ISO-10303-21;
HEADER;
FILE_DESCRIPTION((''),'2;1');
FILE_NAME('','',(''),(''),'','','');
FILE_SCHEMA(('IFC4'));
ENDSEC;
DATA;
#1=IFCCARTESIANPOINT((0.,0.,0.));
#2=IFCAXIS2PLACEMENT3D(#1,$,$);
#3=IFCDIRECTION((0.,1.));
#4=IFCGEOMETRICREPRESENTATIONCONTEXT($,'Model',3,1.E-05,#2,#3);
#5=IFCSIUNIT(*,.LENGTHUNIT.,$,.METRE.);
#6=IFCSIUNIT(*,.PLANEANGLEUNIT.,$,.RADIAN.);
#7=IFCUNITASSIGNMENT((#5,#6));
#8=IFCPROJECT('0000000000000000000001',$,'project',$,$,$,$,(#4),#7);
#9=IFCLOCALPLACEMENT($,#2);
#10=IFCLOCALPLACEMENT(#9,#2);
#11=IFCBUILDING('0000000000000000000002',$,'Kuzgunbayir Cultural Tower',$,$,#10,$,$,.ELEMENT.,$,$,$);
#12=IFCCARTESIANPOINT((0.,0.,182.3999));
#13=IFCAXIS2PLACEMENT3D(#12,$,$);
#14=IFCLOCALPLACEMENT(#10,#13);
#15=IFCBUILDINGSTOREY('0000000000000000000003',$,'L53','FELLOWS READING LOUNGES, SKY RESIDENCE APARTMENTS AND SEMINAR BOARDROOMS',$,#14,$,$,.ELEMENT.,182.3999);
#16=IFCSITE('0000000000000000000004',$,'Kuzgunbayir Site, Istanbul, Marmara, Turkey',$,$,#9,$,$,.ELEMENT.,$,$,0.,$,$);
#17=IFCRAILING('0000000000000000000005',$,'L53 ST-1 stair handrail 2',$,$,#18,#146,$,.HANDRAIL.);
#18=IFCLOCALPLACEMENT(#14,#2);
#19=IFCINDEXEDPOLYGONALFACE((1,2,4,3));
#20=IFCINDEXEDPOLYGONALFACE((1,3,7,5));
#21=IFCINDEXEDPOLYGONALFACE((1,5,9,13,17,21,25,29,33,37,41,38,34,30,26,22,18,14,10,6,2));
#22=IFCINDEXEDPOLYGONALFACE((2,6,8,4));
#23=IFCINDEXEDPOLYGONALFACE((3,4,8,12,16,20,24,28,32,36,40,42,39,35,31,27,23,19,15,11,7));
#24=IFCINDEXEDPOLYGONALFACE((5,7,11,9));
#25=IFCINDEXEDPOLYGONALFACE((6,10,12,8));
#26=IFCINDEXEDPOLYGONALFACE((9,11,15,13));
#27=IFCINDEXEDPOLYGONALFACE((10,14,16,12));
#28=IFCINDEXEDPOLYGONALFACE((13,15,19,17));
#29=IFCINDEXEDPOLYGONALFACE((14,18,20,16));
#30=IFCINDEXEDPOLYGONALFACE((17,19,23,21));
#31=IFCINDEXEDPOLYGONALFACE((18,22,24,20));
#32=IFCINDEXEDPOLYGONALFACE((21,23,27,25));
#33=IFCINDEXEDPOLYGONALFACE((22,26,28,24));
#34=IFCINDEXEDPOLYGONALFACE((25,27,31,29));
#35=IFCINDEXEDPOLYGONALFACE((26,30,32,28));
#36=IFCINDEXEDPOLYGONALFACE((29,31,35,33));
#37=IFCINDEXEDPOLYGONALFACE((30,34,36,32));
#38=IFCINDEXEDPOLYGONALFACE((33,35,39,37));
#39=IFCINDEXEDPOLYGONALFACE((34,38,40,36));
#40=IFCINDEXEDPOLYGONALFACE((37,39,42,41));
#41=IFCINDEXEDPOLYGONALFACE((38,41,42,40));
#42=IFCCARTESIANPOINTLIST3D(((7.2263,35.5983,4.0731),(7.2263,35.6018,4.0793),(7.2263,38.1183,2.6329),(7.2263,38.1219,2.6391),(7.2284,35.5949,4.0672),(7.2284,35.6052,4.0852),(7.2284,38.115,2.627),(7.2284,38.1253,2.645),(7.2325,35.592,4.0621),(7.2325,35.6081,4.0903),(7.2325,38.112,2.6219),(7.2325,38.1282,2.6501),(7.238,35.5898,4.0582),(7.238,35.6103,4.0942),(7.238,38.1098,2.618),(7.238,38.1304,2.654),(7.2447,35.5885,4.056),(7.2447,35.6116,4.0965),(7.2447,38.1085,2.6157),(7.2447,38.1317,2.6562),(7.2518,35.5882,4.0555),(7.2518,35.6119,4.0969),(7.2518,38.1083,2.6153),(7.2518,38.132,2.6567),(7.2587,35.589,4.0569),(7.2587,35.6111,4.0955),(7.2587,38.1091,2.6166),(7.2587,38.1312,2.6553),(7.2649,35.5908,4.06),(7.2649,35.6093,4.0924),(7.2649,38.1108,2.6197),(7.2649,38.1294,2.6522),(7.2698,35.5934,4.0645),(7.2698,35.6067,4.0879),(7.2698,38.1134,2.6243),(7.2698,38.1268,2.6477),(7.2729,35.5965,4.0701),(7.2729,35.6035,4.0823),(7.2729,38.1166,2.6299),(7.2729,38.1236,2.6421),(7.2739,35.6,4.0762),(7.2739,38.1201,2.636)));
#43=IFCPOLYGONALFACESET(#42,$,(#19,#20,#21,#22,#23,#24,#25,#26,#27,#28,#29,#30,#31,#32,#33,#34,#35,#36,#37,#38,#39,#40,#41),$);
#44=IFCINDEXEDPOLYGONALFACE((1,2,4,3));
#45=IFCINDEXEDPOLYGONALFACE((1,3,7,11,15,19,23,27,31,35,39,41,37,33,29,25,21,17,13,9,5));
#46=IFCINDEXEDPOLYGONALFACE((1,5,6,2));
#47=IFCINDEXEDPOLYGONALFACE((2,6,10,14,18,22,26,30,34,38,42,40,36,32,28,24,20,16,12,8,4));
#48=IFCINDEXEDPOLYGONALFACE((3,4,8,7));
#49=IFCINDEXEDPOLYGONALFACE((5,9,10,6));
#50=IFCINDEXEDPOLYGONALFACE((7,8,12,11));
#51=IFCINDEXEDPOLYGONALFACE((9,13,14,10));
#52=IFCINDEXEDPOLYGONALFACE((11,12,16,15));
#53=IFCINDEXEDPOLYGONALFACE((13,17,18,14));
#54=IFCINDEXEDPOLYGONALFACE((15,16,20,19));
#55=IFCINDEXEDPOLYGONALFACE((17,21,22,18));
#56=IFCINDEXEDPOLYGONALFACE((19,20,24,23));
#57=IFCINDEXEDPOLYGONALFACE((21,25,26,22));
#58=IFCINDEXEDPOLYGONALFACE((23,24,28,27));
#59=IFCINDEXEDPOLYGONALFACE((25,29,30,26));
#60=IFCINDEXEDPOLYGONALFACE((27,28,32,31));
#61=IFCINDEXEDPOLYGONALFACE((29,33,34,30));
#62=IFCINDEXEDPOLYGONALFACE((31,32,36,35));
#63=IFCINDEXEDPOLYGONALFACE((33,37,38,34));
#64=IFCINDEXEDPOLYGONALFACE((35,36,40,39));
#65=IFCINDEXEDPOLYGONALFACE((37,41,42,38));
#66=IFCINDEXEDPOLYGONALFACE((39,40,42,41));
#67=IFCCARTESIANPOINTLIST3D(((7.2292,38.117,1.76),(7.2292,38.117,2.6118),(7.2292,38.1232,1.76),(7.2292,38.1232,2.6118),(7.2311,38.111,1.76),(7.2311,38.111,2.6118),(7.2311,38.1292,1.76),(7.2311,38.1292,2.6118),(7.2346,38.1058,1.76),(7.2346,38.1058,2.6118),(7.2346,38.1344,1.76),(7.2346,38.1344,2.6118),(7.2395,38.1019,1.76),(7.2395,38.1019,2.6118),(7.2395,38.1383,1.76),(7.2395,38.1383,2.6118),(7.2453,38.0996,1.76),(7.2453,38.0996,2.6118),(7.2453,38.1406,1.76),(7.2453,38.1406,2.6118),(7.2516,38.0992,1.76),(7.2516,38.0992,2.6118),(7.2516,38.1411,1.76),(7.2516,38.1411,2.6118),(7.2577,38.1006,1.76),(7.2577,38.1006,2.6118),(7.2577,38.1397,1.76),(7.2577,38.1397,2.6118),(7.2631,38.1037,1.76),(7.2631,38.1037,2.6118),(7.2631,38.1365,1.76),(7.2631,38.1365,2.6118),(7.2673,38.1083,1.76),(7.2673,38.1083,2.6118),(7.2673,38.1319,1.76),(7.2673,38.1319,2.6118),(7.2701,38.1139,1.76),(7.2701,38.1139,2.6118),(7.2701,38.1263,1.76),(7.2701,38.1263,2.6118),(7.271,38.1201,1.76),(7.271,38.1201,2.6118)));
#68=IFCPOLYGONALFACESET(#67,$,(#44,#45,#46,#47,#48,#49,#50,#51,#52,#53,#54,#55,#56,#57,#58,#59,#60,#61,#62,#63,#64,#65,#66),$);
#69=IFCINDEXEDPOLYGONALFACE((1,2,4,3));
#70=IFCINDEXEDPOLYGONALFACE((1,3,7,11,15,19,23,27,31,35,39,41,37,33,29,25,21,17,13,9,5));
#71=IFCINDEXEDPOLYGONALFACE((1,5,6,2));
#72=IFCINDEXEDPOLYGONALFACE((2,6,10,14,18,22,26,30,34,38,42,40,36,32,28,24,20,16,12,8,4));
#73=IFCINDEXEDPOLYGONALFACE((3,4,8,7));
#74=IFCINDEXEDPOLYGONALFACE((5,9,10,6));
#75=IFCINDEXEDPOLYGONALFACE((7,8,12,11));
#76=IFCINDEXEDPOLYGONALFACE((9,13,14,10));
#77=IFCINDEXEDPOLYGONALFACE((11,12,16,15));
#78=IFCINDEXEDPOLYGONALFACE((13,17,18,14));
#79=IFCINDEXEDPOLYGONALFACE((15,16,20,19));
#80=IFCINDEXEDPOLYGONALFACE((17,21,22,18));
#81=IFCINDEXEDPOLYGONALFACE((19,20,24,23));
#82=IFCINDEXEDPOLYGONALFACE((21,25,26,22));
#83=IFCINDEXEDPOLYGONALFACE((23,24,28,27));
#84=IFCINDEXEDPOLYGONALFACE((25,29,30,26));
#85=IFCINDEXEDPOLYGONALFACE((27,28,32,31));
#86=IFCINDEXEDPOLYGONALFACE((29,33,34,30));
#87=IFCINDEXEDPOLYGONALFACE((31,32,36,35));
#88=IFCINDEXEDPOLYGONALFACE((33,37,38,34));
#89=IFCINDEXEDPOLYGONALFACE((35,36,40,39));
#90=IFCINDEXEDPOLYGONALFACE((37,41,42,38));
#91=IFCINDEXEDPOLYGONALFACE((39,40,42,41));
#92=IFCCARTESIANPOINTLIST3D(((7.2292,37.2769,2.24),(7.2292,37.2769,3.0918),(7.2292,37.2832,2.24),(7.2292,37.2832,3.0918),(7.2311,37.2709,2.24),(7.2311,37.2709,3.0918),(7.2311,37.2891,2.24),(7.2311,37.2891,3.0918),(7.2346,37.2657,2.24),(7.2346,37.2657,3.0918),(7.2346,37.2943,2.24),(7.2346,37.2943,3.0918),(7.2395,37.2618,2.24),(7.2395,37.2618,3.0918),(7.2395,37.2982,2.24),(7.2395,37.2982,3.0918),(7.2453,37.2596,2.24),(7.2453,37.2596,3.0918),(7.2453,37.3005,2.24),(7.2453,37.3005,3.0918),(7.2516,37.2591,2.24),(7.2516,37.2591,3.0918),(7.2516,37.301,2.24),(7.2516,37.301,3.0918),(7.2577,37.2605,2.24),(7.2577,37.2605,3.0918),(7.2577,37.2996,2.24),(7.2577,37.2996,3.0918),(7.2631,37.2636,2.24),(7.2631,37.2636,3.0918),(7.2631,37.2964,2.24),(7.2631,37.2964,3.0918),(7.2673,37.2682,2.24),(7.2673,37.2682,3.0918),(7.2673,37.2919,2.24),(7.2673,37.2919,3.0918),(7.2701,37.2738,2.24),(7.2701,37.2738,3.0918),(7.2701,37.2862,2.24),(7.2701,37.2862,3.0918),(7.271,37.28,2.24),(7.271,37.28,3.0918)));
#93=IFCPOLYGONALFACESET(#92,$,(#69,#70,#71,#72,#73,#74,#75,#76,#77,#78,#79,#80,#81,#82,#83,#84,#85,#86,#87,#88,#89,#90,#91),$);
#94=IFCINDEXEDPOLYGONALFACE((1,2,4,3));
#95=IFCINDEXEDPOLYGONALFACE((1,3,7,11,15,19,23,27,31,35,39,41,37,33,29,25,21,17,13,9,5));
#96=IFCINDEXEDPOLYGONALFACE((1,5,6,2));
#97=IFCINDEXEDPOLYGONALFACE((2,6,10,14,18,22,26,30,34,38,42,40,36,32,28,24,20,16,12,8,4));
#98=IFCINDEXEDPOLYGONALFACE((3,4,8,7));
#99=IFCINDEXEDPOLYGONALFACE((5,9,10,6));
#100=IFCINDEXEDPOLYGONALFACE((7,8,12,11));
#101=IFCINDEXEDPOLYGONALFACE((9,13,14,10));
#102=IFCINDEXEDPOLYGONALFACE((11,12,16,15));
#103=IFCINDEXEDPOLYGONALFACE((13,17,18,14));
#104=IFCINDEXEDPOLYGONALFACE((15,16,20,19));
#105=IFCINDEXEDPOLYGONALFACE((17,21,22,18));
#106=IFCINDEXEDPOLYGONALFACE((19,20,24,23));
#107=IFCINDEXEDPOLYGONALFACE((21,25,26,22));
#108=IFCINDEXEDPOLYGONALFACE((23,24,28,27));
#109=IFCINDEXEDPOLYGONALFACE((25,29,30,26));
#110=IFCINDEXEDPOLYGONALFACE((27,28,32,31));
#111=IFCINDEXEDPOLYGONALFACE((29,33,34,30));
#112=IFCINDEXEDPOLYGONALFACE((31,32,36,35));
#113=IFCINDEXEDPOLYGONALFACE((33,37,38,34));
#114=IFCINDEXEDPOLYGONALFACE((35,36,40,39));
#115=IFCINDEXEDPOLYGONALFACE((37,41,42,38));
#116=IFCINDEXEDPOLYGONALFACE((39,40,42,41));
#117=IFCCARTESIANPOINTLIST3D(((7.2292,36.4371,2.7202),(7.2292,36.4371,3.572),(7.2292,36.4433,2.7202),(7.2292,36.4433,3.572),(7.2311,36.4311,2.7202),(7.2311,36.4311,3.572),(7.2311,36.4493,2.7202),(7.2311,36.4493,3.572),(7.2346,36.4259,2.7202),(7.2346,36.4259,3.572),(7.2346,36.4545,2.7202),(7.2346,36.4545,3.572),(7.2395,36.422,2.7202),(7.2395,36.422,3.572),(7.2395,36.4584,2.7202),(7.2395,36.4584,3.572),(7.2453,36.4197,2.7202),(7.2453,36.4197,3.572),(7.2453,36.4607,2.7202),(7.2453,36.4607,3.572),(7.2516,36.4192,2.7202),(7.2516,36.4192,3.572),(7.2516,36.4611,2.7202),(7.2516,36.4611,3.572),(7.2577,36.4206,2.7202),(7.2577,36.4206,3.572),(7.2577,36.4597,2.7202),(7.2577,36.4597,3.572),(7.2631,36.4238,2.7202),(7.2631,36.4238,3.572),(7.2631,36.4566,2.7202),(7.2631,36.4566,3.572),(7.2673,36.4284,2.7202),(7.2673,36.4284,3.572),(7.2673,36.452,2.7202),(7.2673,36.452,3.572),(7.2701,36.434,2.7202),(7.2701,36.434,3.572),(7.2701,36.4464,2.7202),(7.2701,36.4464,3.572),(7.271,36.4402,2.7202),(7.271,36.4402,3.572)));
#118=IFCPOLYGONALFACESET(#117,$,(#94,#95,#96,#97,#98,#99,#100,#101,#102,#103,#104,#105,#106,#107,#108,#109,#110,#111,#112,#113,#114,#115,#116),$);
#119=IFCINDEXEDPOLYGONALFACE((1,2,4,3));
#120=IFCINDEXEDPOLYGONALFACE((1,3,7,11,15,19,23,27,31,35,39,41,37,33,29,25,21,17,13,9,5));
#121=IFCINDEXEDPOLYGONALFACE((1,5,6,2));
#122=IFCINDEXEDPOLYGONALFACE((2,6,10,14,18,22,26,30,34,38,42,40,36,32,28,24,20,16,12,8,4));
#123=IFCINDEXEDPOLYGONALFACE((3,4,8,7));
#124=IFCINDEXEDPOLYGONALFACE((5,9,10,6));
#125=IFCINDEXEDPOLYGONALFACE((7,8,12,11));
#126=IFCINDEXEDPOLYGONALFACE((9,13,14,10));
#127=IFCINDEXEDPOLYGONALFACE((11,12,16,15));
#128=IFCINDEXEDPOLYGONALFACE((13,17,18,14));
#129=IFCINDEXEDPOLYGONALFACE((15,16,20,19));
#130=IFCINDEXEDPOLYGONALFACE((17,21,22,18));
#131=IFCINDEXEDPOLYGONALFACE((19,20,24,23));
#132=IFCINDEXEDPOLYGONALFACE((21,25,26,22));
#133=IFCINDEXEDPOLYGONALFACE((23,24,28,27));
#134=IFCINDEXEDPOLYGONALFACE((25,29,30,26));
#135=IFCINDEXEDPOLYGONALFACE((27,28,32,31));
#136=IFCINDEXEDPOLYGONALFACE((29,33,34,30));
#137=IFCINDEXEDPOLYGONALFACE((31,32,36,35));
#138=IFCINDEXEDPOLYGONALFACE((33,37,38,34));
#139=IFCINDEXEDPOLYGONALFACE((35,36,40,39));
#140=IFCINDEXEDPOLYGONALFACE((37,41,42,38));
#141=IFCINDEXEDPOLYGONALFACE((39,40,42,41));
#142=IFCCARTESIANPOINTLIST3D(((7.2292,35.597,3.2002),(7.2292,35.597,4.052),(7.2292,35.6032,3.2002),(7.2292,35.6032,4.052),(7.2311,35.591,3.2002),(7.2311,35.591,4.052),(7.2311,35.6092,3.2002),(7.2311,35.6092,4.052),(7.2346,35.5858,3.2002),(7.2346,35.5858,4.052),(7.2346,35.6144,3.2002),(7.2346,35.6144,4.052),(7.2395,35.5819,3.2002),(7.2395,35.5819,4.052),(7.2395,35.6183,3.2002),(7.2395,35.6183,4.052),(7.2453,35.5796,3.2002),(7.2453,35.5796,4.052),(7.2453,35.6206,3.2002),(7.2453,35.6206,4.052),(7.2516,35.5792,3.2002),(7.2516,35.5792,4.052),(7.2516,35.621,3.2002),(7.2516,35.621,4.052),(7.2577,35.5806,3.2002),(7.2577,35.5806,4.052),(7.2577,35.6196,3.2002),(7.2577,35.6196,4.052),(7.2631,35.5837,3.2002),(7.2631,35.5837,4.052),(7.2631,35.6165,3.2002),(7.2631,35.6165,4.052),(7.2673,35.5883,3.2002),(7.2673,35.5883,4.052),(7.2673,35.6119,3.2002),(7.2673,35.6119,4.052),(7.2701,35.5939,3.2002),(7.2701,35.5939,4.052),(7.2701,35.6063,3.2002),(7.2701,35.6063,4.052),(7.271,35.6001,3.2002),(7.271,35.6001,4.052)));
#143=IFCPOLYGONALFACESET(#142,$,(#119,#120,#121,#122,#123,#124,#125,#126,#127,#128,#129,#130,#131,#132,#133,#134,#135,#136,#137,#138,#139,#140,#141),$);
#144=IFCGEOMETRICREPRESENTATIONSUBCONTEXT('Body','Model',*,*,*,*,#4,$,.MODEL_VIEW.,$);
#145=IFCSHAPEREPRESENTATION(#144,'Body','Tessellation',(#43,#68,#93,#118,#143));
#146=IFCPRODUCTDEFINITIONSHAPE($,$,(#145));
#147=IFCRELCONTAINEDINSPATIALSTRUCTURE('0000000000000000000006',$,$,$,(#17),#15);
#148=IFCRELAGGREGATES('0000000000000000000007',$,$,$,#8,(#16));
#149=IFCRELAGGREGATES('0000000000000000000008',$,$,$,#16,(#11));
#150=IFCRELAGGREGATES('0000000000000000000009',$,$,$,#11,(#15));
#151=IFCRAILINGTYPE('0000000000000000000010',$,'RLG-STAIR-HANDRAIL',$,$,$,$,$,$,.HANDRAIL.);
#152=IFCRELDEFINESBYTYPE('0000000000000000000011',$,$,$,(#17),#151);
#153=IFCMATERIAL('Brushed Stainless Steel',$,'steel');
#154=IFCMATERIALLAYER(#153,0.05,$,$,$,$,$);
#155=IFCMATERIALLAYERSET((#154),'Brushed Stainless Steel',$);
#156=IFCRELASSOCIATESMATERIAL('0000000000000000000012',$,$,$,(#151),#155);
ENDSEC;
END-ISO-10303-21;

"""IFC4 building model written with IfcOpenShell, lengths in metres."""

from ifc_helpers import new_model, si_unit, direction, frame, origin, origin_2d, place, context, subcontext, project, spatial, circle, extrude, material, layer, layer_set, type_object, element, save


model = new_model("IFC4")

# Units and contexts
model_context = context("Model", 3, precision=1e-05, world=origin(), true_north=direction((0.0, 1.0)))
body_context = subcontext(model_context, "Body", "Model", "MODEL_VIEW")
ifc_project = project(units=[si_unit("LENGTHUNIT", "METRE"), si_unit("PLANEANGLEUNIT", "RADIAN")], contexts=[model_context])

# Site, building, storey
site_placement = place(None, origin())
site = spatial("IfcSite", under=ifc_project, at=site_placement, Name="Kuzgunbayir Site, Istanbul, Marmara, Turkey", CompositionType="ELEMENT", RefElevation=0.0)
building_placement = place(site_placement, origin())
building = spatial("IfcBuilding", under=site, at=building_placement, Name="Kuzgunbayir Cultural Tower", CompositionType="ELEMENT")
storey_placement = place(building_placement, frame((0.0, 0.0, 182.3999)))
storey = spatial("IfcBuildingStorey", under=building, at=storey_placement, Name="L53", Description="FELLOWS READING LOUNGES, SKY RESIDENCE APARTMENTS AND SEMINAR BOARDROOMS", CompositionType="ELEMENT", Elevation=182.3999)

# Railing
ifc_material_1 = material(Name="Brushed Stainless Steel", Category="steel")
ifc_layer_1 = layer(ifc_material_1, 0.05)
ifc_layer_set_1 = layer_set([ifc_layer_1], Name="Brushed Stainless Steel")
railing_type_1 = type_object("IfcRailingType", Name="RLG-STAIR-HANDRAIL", PredefinedType="HANDRAIL", material=ifc_layer_set_1)
railing_1_placement = place(storey_placement, frame((7.25, 38.1201, 1.76)))
element("IfcRailing", 1, at=railing_1_placement, inside=storey, type_object=railing_type_1, Name="L53 ST-1 stair handrail 2", PredefinedType="HANDRAIL", context=body_context, shape_type="SweptSolid", body=[
    extrude(circle(Radius=0.0239, at=origin_2d()), frame((0.0, 0.0, 0.876), z_axis=(0.0, -0.868217, 0.496184), x_axis=(1.0, 0.0, 0.0)), (0.0, 0.0, 1.0), 2.9026),
    extrude(circle(Radius=0.021, at=origin_2d()), origin(), (0.0, 0.0, 1.0), 0.8518),
    extrude(circle(Radius=0.021, at=origin_2d()), frame((0.0, -0.8401, 0.48)), (0.0, 0.0, 1.0), 0.8518),
    extrude(circle(Radius=0.021, at=origin_2d()), frame((0.0, -1.6799, 0.9602)), (0.0, 0.0, 1.0), 0.8518),
    extrude(circle(Radius=0.021, at=origin_2d()), frame((0.0, -2.52, 1.4402)), (0.0, 0.0, 1.0), 0.8518),
])

save(model, "model.ifc")
